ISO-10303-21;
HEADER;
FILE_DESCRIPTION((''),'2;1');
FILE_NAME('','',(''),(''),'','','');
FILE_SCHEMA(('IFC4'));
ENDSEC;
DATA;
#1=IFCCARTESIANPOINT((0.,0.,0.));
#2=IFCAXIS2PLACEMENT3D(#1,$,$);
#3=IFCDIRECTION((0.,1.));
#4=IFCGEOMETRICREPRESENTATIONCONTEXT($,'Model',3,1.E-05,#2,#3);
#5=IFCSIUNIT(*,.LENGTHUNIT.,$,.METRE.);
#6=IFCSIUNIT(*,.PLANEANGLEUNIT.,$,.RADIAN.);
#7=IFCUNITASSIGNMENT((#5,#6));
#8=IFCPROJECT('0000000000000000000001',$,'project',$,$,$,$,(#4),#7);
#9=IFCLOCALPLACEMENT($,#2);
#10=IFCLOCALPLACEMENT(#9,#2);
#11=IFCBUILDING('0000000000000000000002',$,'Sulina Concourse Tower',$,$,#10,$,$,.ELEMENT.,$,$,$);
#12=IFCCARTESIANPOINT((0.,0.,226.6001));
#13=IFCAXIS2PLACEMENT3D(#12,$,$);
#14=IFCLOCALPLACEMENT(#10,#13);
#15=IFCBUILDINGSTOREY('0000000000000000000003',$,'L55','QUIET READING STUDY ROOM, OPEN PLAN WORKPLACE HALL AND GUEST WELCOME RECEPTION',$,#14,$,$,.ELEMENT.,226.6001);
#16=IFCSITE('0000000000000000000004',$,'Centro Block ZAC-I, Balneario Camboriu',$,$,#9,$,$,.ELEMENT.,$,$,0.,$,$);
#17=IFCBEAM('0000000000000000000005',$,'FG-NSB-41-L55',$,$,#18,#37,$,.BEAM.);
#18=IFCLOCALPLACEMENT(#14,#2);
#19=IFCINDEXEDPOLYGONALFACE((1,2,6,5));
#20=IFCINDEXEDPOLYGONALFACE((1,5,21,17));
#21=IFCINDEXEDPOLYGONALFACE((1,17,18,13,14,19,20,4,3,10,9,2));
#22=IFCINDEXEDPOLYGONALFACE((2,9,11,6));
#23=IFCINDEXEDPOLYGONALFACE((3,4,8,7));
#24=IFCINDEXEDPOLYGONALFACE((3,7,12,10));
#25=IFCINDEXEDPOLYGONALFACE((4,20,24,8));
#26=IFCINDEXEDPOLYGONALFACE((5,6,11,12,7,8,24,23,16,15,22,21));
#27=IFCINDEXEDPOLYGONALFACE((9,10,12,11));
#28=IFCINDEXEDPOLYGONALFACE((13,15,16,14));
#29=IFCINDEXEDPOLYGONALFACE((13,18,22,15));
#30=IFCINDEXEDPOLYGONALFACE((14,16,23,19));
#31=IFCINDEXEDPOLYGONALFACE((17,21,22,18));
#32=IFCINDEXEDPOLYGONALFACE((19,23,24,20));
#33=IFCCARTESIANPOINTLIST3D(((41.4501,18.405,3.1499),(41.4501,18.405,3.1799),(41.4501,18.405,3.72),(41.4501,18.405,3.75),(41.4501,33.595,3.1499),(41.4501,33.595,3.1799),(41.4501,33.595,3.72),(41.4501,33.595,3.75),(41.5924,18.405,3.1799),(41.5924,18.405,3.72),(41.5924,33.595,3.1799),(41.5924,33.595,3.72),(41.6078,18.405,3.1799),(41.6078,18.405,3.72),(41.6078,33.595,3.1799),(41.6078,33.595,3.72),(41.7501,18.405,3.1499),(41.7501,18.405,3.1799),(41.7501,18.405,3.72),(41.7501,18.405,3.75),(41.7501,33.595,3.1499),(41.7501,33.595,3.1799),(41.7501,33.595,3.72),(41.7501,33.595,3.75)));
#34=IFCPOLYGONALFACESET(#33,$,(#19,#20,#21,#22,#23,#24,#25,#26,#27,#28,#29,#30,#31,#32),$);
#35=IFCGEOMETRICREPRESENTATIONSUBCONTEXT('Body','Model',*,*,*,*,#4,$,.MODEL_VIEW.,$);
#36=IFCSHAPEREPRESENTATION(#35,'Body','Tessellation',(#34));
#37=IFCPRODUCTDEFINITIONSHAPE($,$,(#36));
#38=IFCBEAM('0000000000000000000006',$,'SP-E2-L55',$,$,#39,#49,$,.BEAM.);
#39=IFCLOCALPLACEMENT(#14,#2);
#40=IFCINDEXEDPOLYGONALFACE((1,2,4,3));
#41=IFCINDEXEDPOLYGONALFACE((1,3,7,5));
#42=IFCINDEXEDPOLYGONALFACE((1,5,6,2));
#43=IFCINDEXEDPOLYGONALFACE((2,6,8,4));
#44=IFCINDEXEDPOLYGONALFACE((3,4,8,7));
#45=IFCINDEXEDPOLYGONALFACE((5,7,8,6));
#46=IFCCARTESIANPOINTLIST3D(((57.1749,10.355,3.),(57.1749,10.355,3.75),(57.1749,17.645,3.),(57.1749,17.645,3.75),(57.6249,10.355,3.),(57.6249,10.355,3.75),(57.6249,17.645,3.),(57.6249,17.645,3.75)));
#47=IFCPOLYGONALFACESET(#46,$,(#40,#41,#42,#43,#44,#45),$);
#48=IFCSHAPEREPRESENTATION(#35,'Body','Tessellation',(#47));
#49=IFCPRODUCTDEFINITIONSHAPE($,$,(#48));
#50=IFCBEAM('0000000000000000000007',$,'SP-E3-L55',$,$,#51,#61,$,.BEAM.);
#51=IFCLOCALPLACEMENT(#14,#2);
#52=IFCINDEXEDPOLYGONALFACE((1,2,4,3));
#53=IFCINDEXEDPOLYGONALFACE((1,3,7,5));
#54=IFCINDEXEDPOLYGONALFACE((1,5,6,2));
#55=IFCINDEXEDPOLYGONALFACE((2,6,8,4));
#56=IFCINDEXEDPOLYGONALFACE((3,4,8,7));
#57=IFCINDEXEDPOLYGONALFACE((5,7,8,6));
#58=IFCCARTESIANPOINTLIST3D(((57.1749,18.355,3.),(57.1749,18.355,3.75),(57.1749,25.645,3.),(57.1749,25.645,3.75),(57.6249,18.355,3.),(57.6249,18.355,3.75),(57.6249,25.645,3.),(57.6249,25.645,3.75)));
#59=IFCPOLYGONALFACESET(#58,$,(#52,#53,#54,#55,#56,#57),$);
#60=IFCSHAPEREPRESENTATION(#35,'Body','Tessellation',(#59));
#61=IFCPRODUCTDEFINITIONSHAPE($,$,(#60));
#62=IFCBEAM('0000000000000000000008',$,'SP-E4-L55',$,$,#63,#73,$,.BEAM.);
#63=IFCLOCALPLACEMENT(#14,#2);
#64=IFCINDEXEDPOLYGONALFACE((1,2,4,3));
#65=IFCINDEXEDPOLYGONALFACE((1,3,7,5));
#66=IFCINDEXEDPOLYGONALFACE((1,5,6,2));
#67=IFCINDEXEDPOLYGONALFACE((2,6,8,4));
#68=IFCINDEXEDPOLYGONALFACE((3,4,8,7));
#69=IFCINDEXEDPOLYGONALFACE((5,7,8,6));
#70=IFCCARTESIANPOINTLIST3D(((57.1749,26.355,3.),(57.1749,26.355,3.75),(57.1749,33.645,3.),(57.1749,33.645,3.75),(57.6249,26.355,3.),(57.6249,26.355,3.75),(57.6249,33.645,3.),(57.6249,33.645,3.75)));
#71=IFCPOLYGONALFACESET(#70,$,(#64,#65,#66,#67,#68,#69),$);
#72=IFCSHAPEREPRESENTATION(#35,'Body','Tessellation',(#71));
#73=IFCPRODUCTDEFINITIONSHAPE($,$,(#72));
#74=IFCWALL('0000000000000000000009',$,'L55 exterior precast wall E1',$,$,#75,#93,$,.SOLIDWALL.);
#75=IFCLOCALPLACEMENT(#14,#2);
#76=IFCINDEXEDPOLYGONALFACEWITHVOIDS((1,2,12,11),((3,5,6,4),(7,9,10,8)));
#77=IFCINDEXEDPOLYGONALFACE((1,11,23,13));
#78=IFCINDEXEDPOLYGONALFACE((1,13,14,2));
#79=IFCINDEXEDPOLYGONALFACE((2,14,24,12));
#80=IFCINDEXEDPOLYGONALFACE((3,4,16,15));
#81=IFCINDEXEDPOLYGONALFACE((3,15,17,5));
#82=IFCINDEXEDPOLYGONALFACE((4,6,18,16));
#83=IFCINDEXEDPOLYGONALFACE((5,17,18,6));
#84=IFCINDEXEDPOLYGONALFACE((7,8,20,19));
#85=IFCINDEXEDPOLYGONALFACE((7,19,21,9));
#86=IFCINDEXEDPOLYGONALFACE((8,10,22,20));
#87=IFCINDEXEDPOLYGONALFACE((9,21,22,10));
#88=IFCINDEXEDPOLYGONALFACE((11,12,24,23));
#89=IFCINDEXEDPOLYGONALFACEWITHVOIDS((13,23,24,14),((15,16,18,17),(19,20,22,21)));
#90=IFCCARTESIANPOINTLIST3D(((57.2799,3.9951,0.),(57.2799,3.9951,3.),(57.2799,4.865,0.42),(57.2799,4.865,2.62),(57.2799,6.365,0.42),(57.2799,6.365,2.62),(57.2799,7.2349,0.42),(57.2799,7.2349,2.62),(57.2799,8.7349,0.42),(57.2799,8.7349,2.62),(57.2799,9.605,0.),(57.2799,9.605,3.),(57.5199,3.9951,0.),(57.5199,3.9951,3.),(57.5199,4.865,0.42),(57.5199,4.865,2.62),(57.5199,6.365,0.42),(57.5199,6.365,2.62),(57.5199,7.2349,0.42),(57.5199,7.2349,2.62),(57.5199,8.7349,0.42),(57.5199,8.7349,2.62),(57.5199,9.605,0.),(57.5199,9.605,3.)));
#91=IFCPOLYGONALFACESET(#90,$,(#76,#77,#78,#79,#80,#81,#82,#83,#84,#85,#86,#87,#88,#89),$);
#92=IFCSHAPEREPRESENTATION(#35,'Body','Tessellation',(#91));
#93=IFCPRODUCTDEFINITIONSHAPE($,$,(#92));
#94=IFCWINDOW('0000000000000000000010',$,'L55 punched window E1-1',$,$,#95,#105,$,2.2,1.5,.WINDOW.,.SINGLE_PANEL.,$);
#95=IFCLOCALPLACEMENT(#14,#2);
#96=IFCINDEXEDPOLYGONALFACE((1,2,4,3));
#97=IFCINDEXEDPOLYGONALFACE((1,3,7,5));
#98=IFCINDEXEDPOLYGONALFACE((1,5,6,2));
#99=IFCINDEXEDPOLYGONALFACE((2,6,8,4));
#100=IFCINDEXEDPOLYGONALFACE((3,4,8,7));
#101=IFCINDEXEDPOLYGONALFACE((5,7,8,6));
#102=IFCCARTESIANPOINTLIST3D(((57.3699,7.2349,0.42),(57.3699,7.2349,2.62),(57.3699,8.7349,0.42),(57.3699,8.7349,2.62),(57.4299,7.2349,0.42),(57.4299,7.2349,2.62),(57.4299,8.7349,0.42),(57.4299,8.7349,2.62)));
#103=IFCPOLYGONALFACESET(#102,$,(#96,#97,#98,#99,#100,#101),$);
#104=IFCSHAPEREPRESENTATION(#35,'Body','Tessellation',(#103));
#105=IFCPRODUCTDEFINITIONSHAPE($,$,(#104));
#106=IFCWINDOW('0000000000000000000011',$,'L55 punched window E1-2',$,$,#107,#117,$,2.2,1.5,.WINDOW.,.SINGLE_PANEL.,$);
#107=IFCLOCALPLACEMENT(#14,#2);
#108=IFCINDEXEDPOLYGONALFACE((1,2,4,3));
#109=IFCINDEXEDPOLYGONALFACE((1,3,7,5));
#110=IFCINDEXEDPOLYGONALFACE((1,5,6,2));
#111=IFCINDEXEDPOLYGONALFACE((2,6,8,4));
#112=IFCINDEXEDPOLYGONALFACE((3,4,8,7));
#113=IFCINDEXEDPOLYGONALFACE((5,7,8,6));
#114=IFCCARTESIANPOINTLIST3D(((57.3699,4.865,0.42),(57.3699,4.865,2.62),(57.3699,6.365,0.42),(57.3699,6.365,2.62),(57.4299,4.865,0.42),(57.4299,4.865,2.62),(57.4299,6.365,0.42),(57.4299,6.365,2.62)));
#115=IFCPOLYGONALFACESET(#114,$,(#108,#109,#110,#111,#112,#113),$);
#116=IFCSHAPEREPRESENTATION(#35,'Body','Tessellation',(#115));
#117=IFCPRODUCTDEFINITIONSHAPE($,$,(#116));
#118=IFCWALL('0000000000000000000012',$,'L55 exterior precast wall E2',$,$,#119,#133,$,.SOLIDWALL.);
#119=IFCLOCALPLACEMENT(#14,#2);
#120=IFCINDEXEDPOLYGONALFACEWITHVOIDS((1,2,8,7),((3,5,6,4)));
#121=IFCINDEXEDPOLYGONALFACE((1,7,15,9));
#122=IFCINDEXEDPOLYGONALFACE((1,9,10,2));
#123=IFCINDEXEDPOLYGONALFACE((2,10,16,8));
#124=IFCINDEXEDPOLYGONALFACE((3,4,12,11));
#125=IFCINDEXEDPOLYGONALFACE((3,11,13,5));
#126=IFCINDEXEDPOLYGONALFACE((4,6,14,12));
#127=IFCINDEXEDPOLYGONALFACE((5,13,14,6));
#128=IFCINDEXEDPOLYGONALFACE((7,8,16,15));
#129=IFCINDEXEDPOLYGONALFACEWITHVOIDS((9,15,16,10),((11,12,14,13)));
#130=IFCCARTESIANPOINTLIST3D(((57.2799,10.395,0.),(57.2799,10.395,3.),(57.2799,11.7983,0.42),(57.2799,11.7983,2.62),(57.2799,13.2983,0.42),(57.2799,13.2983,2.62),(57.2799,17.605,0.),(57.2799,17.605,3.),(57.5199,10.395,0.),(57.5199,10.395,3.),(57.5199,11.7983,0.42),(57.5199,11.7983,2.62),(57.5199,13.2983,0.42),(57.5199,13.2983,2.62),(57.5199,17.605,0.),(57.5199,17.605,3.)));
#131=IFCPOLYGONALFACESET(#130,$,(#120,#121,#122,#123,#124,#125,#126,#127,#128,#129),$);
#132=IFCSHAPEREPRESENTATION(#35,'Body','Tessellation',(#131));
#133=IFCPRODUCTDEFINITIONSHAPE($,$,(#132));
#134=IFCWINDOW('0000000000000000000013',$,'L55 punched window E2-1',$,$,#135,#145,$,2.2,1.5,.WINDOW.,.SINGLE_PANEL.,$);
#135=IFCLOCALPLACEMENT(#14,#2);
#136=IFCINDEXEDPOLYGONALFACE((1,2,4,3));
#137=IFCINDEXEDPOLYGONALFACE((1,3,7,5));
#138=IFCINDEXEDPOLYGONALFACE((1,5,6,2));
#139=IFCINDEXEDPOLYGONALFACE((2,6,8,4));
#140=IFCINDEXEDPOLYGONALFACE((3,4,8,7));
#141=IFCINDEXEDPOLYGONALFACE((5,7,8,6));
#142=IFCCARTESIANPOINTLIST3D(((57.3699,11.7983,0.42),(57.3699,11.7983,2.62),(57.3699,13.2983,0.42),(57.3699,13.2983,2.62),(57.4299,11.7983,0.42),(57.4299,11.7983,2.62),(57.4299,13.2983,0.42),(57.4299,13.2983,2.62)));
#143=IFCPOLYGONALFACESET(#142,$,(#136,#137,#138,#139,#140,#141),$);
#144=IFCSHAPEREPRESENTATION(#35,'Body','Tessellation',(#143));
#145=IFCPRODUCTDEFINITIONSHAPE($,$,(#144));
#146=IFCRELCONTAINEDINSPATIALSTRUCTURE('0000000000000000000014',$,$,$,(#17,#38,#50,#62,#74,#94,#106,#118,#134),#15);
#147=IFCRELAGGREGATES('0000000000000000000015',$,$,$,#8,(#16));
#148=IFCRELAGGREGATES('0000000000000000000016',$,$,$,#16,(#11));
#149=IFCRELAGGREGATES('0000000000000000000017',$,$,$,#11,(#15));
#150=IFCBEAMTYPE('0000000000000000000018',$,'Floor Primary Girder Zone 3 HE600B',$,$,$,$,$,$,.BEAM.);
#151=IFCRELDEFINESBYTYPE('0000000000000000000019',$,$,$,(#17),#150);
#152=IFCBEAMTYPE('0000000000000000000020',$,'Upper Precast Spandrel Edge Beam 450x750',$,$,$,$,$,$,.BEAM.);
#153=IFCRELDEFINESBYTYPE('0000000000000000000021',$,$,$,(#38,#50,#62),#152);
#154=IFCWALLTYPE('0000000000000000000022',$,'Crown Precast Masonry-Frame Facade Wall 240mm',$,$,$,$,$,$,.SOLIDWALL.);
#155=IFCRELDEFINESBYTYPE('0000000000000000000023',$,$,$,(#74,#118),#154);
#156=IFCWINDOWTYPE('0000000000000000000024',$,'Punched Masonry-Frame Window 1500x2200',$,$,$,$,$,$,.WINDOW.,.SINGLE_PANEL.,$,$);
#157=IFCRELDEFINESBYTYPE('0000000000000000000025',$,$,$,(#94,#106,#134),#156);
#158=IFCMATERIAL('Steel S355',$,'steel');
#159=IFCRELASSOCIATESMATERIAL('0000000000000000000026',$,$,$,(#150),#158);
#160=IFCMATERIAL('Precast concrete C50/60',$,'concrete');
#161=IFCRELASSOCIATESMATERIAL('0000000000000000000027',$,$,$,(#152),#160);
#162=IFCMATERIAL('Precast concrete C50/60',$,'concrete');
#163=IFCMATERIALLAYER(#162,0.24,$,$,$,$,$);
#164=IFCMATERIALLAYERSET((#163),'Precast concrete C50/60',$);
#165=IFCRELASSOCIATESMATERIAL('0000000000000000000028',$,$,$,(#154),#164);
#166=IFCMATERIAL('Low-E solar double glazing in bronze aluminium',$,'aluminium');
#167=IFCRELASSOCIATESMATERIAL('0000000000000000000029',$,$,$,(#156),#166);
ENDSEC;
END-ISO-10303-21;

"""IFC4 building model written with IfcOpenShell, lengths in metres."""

from ifc_helpers import new_model, si_unit, direction, frame, frame_2d, origin, origin_2d, place, context, subcontext, project, spatial, rectangle, i_section, extrude, material, layer, layer_set, material_profile, profile_set, type_object, element, fill, save


model = new_model("IFC4")

# Units and contexts
model_context = context("Model", 3, precision=1e-05, world=origin(), true_north=direction((0.0, 1.0)))
body_context = subcontext(model_context, "Body", "Model", "MODEL_VIEW")
ifc_project = project(units=[si_unit("LENGTHUNIT", "METRE"), si_unit("PLANEANGLEUNIT", "RADIAN")], contexts=[model_context])

# Site, building, storey
site_placement = place(None, origin())
site = spatial("IfcSite", under=ifc_project, at=site_placement, Name="Centro Block ZAC-I, Balneario Camboriu", CompositionType="ELEMENT", RefElevation=0.0)
building_placement = place(site_placement, origin())
building = spatial("IfcBuilding", under=site, at=building_placement, Name="Sulina Concourse Tower", CompositionType="ELEMENT")
storey_placement = place(building_placement, frame((0.0, 0.0, 226.6001)))
storey = spatial("IfcBuildingStorey", under=building, at=storey_placement, Name="L55", Description="QUIET READING STUDY ROOM, OPEN PLAN WORKPLACE HALL AND GUEST WELCOME RECEPTION", CompositionType="ELEMENT", Elevation=226.6001)

# Beams
ifc_material_1 = material(Name="Steel S355", Category="steel")
ifc_material_profile_1 = material_profile(ifc_material_1, i_section(OverallWidth=0.3, OverallDepth=0.6001, WebThickness=0.0154, FlangeThickness=0.03, at=origin_2d()), Name="HE 600 B")
ifc_profile_set_1 = profile_set([ifc_material_profile_1], Name="Steel S355")
beam_type_1 = type_object("IfcBeamType", Name="Floor Primary Girder Zone 3 HE600B", PredefinedType="BEAM", material=ifc_profile_set_1)
beam_1_placement = place(storey_placement, frame((41.6001, 18.405, 3.45), z_axis=(0.0, 1.0, 0.0), x_axis=(-1.0, 0.0, 0.0)))
element("IfcBeam", 1, at=beam_1_placement, inside=storey, type_object=beam_type_1, Name="FG-NSB-41-L55", PredefinedType="BEAM", context=body_context, shape_type="SweptSolid", body=[
    extrude(i_section(OverallWidth=0.3, OverallDepth=0.6001, WebThickness=0.0154, FlangeThickness=0.03, at=origin_2d()), origin(), (0.0, 0.0, 1.0), 15.1899),
])
ifc_material_2 = material(Name="Precast concrete C50/60", Category="concrete")
ifc_material_profile_2 = material_profile(ifc_material_2, rectangle(XDim=0.45, YDim=0.75, at=origin_2d()), Name="RC 450x750")
ifc_profile_set_2 = profile_set([ifc_material_profile_2], Name="Precast concrete C50/60")
beam_type_2 = type_object("IfcBeamType", Name="Upper Precast Spandrel Edge Beam 450x750", PredefinedType="BEAM", material=ifc_profile_set_2)
for number, where, z_axis, x_axis, name in (
    (2, (57.3999, 10.355, 3.375), (0.0, 1.0, 0.0), (-1.0, 0.0, 0.0), "SP-E2-L55"),
    (3, (57.3999, 18.355, 3.375), (0.0, 1.0, 0.0), (-1.0, 0.0, 0.0), "SP-E3-L55"),
    (4, (57.3999, 26.355, 3.375), (0.0, 1.0, 0.0), (-1.0, 0.0, 0.0), "SP-E4-L55"),
):
    element("IfcBeam", number, at=place(storey_placement, frame(where, z_axis=z_axis, x_axis=x_axis)), inside=storey, type_object=beam_type_2, Name=name, PredefinedType="BEAM", context=body_context, shape_type="SweptSolid", body=[
        extrude(rectangle(XDim=0.45, YDim=0.75, at=origin_2d()), origin(), (0.0, 0.0, 1.0), 7.29),
    ])

# Wall, openings, windows
ifc_material_3 = material(Name="Precast concrete C50/60", Category="concrete")
ifc_layer_1 = layer(ifc_material_3, 0.24)
ifc_layer_set_1 = layer_set([ifc_layer_1], Name="Precast concrete C50/60")
wall_type_1 = type_object("IfcWallType", Name="Crown Precast Masonry-Frame Facade Wall 240mm", PredefinedType="SOLIDWALL", material=ifc_layer_set_1)
wall_1_placement = place(storey_placement, frame((57.3999, 9.605, 0.0), z_axis=(0.0, 0.0, 1.0), x_axis=(0.0, -1.0, 0.0)))
wall_1 = element("IfcWall", 5, at=wall_1_placement, inside=storey, type_object=wall_type_1, Name="L55 exterior precast wall E1", PredefinedType="SOLIDWALL", context=body_context, shape_type="SweptSolid", body=[
    extrude(rectangle(XDim=5.6099, YDim=0.24, at=frame_2d((2.8049, 0.0))), origin(), (0.0, 0.0, 1.0), 3.0),
])
opening_1_placement = place(wall_1_placement, frame((0.8701, 0.0, 0.4199)))
opening_1 = element("IfcOpeningElement", 6, at=opening_1_placement, cuts=wall_1, PredefinedType="OPENING", context=body_context, shape_type="SweptSolid", body=[
    extrude(rectangle(XDim=1.5, YDim=2.2, at=frame_2d((0.75, 1.1001))), frame((0.0, 0.1299, 0.0), z_axis=(0.0, -1.0, 0.0), x_axis=(1.0, 0.0, 0.0)), (0.0, 0.0, 1.0), 0.26),
])
opening_2_placement = place(wall_1_placement, frame((3.24, 0.0, 0.4199)))
opening_2 = element("IfcOpeningElement", 7, at=opening_2_placement, cuts=wall_1, PredefinedType="OPENING", context=body_context, shape_type="SweptSolid", body=[
    extrude(rectangle(XDim=1.5, YDim=2.2, at=frame_2d((0.75, 1.1001))), frame((0.0, 0.1299, 0.0), z_axis=(0.0, -1.0, 0.0), x_axis=(1.0, 0.0, 0.0)), (0.0, 0.0, 1.0), 0.26),
])
ifc_material_4 = material(Name="Low-E solar double glazing in bronze aluminium", Category="aluminium")
window_type = type_object("IfcWindowType", Name="Punched Masonry-Frame Window 1500x2200", PartitioningType="SINGLE_PANEL", PredefinedType="WINDOW", material=ifc_material_4)
window_1_placement = place(opening_1_placement, origin())
window_1 = element("IfcWindow", 8, at=window_1_placement, inside=storey, type_object=window_type, Name="L55 punched window E1-1", OverallHeight=2.2, OverallWidth=1.5, PartitioningType="SINGLE_PANEL", PredefinedType="WINDOW", context=body_context, shape_type="SweptSolid", body=[
    extrude(rectangle(XDim=1.5, YDim=2.2, at=frame_2d((0.75, 1.1001))), frame((0.0, 0.03, 0.0), z_axis=(0.0, -1.0, 0.0), x_axis=(1.0, 0.0, 0.0)), (0.0, 0.0, 1.0), 0.0601),
])
fill(opening_1, window_1)
window_2_placement = place(opening_2_placement, origin())
window_2 = element("IfcWindow", 9, at=window_2_placement, inside=storey, type_object=window_type, Name="L55 punched window E1-2", OverallHeight=2.2, OverallWidth=1.5, PartitioningType="SINGLE_PANEL", PredefinedType="WINDOW", context=body_context, shape_type="SweptSolid", body=[
    extrude(rectangle(XDim=1.5, YDim=2.2, at=frame_2d((0.75, 1.1001))), frame((0.0, 0.03, 0.0), z_axis=(0.0, -1.0, 0.0), x_axis=(1.0, 0.0, 0.0)), (0.0, 0.0, 1.0), 0.0601),
])
fill(opening_2, window_2)

# Wall, opening, window
wall_2_placement = place(storey_placement, frame((57.3999, 17.605, 0.0), z_axis=(0.0, 0.0, 1.0), x_axis=(0.0, -1.0, 0.0)))
wall_2 = element("IfcWall", 10, at=wall_2_placement, inside=storey, type_object=wall_type_1, Name="L55 exterior precast wall E2", PredefinedType="SOLIDWALL", context=body_context, shape_type="SweptSolid", body=[
    extrude(rectangle(XDim=7.21, YDim=0.24, at=frame_2d((3.605, 0.0))), origin(), (0.0, 0.0, 1.0), 3.0),
])
opening_3_placement = place(wall_2_placement, frame((4.3066, 0.0, 0.4199)))
opening_3 = element("IfcOpeningElement", 11, at=opening_3_placement, cuts=wall_2, PredefinedType="OPENING", context=body_context, shape_type="SweptSolid", body=[
    extrude(rectangle(XDim=1.5, YDim=2.2, at=frame_2d((0.75, 1.1001))), frame((0.0, 0.1299, 0.0), z_axis=(0.0, -1.0, 0.0), x_axis=(1.0, 0.0, 0.0)), (0.0, 0.0, 1.0), 0.26),
])
window_3_placement = place(opening_3_placement, origin())
window_3 = element("IfcWindow", 12, at=window_3_placement, inside=storey, type_object=window_type, Name="L55 punched window E2-1", OverallHeight=2.2, OverallWidth=1.5, PartitioningType="SINGLE_PANEL", PredefinedType="WINDOW", context=body_context, shape_type="SweptSolid", body=[
    extrude(rectangle(XDim=1.5, YDim=2.2, at=frame_2d((0.75, 1.1001))), frame((0.0, 0.03, 0.0), z_axis=(0.0, -1.0, 0.0), x_axis=(1.0, 0.0, 0.0)), (0.0, 0.0, 1.0), 0.0601),
])
fill(opening_3, window_3)

save(model, "model.ifc")
